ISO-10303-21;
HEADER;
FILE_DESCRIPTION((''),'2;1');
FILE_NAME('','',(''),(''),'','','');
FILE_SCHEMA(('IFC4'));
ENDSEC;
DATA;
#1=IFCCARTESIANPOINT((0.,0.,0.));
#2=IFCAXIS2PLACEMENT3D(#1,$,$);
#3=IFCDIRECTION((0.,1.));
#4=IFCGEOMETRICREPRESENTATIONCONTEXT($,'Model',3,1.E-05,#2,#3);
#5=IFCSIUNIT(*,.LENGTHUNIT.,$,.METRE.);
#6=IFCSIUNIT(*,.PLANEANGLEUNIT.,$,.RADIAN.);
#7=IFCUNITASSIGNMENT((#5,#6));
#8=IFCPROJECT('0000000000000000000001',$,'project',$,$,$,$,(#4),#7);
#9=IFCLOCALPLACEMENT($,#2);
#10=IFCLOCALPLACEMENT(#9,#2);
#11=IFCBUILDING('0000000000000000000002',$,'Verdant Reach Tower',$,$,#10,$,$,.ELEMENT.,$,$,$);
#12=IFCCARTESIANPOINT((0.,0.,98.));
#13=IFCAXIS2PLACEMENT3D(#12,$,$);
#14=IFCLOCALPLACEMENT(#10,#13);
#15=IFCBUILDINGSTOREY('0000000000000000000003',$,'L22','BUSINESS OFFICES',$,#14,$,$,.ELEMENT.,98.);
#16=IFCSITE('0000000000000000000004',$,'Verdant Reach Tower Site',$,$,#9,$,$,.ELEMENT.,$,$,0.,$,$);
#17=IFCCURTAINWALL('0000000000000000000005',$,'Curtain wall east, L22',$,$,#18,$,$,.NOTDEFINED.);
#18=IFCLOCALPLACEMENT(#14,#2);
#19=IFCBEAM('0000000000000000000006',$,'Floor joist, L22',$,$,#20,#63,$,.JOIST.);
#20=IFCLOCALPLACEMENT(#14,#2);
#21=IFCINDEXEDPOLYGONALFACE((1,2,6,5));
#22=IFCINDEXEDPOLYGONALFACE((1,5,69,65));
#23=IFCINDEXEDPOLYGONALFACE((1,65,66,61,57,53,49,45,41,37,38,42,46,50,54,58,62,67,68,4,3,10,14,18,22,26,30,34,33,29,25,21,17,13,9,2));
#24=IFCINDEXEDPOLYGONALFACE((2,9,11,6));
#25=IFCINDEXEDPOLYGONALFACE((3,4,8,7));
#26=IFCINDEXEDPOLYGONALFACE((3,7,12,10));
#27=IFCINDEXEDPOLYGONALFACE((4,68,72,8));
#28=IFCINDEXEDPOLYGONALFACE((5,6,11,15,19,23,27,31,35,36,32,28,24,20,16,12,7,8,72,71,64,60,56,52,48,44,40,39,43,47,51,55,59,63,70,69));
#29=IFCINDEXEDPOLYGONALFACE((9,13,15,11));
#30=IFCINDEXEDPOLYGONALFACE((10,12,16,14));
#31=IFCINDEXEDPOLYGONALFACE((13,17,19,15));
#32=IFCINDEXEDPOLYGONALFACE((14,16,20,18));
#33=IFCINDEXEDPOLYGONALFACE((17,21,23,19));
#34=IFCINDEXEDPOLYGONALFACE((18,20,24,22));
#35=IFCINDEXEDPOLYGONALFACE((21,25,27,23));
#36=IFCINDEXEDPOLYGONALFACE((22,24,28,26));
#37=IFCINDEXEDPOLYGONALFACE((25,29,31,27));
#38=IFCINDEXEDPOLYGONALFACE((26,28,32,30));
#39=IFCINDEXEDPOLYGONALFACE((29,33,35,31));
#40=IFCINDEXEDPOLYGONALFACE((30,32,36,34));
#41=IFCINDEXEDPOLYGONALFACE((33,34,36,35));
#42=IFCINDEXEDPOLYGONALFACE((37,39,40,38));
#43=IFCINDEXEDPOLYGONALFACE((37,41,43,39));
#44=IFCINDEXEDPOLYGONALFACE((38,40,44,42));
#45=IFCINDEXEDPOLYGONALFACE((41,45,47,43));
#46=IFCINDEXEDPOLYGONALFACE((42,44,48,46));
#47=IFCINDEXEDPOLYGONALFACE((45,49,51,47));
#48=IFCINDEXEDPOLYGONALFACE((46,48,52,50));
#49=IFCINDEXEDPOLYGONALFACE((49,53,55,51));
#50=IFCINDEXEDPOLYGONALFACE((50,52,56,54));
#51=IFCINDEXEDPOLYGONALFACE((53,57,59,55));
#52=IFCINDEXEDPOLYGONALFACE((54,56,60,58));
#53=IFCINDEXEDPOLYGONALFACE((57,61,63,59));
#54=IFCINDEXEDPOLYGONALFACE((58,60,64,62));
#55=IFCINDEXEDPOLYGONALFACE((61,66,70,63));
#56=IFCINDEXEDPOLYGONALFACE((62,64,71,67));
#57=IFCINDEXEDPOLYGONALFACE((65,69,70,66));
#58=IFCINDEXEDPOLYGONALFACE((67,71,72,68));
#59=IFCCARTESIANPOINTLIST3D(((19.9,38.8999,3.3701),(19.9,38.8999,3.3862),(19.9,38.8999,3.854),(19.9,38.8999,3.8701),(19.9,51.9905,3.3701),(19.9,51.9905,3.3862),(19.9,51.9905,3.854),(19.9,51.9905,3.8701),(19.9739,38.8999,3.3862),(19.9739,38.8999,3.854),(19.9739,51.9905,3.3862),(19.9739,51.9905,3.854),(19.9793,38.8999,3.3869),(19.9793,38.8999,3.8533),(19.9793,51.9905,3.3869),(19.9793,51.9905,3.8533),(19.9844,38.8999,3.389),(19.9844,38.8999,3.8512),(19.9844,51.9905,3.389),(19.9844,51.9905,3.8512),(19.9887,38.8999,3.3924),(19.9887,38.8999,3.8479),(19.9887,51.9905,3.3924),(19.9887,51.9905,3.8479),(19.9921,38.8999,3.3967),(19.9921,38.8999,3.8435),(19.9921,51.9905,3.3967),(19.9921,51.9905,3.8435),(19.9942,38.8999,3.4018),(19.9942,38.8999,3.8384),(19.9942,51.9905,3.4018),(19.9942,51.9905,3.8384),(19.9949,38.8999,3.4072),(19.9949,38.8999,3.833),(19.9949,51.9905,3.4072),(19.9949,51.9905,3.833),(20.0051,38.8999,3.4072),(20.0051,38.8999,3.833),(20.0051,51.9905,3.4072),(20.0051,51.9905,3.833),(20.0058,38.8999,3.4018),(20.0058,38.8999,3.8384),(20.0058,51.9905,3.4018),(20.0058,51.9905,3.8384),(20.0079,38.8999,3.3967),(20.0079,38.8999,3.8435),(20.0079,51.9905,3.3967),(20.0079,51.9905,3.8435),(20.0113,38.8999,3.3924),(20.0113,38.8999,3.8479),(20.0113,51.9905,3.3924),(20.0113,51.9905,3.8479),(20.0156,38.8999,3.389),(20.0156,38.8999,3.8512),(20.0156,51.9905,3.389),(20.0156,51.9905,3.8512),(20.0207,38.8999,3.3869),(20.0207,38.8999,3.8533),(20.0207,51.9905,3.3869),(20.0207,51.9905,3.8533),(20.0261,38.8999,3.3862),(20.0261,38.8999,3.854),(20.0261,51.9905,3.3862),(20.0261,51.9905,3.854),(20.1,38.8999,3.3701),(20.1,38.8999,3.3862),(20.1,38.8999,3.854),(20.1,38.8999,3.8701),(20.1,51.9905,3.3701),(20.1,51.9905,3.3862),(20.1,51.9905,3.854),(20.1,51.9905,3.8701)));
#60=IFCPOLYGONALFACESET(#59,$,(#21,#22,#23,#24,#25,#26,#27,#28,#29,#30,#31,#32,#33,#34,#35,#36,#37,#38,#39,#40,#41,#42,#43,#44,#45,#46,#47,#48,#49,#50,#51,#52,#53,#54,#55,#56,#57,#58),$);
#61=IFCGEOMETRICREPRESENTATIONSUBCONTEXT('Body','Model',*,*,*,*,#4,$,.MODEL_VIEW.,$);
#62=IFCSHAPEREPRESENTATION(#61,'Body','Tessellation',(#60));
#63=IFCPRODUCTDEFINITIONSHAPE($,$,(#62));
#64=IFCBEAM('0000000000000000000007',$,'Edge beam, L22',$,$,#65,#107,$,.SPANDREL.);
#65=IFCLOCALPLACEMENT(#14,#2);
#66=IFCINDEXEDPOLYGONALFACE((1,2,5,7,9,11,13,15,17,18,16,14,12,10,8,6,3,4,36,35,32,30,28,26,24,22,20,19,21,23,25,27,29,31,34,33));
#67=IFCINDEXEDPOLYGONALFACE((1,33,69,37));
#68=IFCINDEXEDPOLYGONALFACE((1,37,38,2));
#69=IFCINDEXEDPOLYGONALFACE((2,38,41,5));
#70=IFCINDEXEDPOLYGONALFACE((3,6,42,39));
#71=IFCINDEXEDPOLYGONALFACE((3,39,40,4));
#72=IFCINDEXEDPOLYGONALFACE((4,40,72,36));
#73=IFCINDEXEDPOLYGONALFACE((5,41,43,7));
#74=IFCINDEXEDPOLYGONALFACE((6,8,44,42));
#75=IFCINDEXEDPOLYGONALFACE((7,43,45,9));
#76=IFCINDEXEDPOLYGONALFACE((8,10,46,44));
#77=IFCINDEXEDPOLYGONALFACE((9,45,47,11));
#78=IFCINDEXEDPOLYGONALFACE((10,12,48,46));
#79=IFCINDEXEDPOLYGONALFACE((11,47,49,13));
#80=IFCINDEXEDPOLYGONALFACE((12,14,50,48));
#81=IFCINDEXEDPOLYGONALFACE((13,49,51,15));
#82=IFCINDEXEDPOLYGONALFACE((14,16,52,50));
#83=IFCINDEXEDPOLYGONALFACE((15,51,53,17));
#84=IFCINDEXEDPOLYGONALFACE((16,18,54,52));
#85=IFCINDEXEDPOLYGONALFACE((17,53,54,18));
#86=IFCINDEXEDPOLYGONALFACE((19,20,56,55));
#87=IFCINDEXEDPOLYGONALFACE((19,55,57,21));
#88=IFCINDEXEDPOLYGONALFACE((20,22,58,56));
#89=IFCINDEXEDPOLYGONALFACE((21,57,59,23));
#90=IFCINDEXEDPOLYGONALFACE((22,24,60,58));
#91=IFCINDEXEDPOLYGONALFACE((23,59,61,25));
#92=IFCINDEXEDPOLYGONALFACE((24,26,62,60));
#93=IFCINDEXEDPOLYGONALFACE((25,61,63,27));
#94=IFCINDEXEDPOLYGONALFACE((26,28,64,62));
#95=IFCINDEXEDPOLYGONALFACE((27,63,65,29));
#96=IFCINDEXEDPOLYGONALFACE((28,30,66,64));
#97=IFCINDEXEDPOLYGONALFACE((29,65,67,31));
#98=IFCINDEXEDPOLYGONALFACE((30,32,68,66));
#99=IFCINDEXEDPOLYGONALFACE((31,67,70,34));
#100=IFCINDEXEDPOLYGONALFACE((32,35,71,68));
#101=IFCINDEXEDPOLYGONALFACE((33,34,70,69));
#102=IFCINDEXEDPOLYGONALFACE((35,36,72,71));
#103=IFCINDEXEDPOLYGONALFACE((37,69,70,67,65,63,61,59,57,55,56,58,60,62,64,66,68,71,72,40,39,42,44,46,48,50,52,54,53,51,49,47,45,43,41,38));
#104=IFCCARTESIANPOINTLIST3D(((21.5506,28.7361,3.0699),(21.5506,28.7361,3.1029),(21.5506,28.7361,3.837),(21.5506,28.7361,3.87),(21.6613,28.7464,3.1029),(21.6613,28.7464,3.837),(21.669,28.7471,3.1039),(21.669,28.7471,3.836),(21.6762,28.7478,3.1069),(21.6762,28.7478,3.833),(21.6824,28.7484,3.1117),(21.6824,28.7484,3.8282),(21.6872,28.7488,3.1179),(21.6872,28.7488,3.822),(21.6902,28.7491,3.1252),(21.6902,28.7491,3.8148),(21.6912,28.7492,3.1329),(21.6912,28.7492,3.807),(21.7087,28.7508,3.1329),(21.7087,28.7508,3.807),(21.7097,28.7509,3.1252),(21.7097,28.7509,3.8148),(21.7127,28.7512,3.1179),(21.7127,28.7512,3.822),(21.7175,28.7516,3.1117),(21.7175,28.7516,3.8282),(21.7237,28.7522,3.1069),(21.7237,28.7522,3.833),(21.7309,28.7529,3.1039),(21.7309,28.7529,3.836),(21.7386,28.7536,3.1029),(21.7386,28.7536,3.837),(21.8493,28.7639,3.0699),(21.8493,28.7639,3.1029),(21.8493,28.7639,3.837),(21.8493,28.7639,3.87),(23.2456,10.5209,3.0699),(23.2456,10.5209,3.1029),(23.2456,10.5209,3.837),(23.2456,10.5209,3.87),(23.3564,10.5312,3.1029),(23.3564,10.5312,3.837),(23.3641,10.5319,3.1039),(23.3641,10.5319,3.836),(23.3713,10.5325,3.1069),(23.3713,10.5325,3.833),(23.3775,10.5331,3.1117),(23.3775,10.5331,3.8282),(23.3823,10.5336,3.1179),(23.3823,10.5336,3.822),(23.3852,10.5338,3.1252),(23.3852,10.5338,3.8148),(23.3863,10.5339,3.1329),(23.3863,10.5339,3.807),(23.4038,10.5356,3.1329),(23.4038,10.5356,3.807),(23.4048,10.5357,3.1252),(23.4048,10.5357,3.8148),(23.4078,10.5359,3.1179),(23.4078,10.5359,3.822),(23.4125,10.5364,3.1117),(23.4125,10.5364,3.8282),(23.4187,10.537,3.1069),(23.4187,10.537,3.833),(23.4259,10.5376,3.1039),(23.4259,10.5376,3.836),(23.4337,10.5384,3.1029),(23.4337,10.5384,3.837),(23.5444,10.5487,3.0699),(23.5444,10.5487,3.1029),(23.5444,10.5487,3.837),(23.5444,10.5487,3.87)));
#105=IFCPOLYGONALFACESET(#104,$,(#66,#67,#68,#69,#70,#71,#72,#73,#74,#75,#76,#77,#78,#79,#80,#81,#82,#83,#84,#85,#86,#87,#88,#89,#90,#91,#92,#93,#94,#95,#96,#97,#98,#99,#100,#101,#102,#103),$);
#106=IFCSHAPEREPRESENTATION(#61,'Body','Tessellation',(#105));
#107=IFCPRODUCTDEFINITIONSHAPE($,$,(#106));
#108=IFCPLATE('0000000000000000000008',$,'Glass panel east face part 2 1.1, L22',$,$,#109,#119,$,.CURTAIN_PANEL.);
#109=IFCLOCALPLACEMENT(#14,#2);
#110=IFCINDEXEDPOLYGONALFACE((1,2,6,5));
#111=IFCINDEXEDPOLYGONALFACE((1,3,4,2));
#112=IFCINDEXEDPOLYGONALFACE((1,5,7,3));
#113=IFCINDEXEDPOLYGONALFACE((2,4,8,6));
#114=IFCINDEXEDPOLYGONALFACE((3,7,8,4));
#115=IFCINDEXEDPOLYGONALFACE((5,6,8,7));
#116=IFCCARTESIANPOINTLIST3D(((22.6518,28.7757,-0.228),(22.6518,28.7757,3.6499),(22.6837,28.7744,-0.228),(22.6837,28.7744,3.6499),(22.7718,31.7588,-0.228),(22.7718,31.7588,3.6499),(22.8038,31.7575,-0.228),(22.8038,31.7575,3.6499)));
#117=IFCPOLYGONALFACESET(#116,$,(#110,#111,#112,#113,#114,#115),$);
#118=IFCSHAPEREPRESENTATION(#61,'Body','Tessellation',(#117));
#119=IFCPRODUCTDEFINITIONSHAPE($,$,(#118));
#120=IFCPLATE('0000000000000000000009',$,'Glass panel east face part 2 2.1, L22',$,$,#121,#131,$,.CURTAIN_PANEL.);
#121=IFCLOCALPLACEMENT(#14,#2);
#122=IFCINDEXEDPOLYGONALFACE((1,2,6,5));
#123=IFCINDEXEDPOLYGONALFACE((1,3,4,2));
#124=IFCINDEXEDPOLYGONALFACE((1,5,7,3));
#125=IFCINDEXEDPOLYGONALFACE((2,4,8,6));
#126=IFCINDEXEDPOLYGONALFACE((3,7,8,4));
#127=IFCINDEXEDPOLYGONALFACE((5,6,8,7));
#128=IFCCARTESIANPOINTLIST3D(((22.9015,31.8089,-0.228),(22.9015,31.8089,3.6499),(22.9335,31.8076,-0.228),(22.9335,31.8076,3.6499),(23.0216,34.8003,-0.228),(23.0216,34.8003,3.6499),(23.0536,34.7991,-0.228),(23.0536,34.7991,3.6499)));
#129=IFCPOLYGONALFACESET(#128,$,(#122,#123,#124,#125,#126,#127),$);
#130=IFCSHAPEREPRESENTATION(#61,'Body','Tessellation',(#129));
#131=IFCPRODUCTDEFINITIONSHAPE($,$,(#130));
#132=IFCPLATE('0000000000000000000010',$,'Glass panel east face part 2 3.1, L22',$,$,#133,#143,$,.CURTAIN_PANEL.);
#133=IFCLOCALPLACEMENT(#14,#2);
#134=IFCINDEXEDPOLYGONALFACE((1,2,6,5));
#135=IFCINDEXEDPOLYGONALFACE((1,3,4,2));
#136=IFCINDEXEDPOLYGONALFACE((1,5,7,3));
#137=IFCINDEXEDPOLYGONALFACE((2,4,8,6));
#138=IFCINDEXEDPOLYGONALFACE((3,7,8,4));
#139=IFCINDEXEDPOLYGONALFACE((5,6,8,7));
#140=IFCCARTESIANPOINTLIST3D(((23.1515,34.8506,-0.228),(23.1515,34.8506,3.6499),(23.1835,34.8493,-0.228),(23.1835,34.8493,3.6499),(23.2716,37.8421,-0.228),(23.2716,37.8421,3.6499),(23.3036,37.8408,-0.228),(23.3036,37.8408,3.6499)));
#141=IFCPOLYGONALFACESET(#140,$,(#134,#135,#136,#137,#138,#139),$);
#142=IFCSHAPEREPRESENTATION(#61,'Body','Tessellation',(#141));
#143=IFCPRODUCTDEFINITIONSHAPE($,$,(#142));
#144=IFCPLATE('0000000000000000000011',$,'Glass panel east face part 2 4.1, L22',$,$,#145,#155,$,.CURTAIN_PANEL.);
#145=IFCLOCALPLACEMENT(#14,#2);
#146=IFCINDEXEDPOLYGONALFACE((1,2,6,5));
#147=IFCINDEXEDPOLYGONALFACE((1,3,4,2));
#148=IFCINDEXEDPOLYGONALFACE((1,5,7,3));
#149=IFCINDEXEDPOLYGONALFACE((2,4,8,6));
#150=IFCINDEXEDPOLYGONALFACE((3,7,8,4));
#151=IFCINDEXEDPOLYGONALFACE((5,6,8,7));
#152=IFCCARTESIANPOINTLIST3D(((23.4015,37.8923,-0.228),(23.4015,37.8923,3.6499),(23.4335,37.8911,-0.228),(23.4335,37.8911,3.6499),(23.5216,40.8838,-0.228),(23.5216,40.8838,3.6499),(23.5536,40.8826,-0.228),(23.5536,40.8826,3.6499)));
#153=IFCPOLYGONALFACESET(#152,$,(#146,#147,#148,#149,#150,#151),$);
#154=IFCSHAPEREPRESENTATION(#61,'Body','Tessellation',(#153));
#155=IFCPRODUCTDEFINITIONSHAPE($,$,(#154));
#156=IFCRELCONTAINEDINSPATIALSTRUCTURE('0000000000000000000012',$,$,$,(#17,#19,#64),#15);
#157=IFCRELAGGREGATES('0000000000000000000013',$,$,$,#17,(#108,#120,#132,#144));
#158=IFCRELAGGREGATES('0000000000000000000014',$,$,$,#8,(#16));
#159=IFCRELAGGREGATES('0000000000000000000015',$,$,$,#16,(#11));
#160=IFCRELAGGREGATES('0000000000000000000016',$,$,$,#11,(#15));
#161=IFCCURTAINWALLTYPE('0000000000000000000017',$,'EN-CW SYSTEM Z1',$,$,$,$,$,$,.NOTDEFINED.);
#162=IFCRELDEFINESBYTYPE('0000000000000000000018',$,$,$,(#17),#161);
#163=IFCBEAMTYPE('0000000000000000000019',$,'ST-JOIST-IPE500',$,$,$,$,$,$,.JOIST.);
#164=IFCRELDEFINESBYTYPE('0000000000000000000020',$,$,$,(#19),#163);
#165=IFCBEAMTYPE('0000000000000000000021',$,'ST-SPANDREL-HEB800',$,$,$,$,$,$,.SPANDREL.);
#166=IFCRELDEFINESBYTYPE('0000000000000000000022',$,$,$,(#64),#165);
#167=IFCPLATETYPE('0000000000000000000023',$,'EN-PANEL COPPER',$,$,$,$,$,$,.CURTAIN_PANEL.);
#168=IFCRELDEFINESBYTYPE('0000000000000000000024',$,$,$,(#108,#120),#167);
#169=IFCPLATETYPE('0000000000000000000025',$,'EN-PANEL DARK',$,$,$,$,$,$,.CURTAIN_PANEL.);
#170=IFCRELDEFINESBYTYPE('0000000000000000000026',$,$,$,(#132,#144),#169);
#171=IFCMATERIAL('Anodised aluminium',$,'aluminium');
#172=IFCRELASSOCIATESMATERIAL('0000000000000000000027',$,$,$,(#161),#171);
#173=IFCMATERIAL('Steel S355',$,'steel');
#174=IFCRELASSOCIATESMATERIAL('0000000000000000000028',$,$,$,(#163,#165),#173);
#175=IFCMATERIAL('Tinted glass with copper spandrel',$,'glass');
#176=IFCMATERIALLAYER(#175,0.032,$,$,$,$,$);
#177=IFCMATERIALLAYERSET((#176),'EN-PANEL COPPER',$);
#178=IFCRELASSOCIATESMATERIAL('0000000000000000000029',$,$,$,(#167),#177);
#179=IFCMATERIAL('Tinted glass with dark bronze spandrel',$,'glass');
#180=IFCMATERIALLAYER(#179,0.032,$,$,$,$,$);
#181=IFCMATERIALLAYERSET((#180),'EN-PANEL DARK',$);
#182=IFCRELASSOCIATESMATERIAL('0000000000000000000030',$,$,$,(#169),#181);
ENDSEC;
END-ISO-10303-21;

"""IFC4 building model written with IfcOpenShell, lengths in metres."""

from ifc_helpers import new_model, si_unit, direction, frame, origin, origin_2d, place, context, subcontext, project, spatial, rectangle, i_section, extrude, material, layer, layer_set, material_profile, profile_set, type_object, element, aggregate, save


model = new_model("IFC4")

# Units and contexts
model_context = context("Model", 3, precision=1e-05, world=origin(), true_north=direction((0.0, 1.0)))
body_context = subcontext(model_context, "Body", "Model", "MODEL_VIEW")
ifc_project = project(units=[si_unit("LENGTHUNIT", "METRE"), si_unit("PLANEANGLEUNIT", "RADIAN")], contexts=[model_context])

# Site, building, storey
site_placement = place(None, origin())
site = spatial("IfcSite", under=ifc_project, at=site_placement, Name="Verdant Reach Tower Site", CompositionType="ELEMENT", RefElevation=0.0)
building_placement = place(site_placement, origin())
building = spatial("IfcBuilding", under=site, at=building_placement, Name="Verdant Reach Tower", CompositionType="ELEMENT")
storey_placement = place(building_placement, frame((0.0, 0.0, 98.0)))
storey = spatial("IfcBuildingStorey", under=building, at=storey_placement, Name="L22", Description="BUSINESS OFFICES", CompositionType="ELEMENT", Elevation=98.0)

# Curtain wall
ifc_material_1 = material(Name="Anodised aluminium", Category="aluminium")
curtain_wall_type = type_object("IfcCurtainWallType", Name="EN-CW SYSTEM Z1", PredefinedType="NOTDEFINED", material=ifc_material_1)
curtain_wall_placement = place(storey_placement, origin())
curtain_wall = element("IfcCurtainWall", 1, at=curtain_wall_placement, inside=storey, type_object=curtain_wall_type, Name="Curtain wall east, L22", PredefinedType="NOTDEFINED")

# Beams
ifc_material_2 = material(Name="Steel S355", Category="steel")
ifc_material_profile_1 = material_profile(ifc_material_2, i_section(OverallWidth=0.2, OverallDepth=0.5, WebThickness=0.0103, FlangeThickness=0.0161, FilletRadius=0.021, at=origin_2d()), Name="IPE 500")
ifc_profile_set_1 = profile_set([ifc_material_profile_1], Name="Steel S355")
beam_type_1 = type_object("IfcBeamType", Name="ST-JOIST-IPE500", PredefinedType="JOIST", material=ifc_profile_set_1)
beam_1_placement = place(storey_placement, frame((20.0, 38.8999, 3.6201), z_axis=(0.0, 1.0, 0.0), x_axis=(-1.0, 0.0, 0.0)))
element("IfcBeam", 2, at=beam_1_placement, inside=storey, type_object=beam_type_1, Name="Floor joist, L22", PredefinedType="JOIST", context=body_context, shape_type="SweptSolid", body=[
    extrude(i_section(OverallWidth=0.2, OverallDepth=0.5, WebThickness=0.0103, FlangeThickness=0.0161, FilletRadius=0.021, at=origin_2d()), origin(), (0.0, 0.0, 1.0), 13.0906),
])
ifc_material_profile_2 = material_profile(ifc_material_2, i_section(OverallWidth=0.3, OverallDepth=0.8, WebThickness=0.0176, FlangeThickness=0.033, FilletRadius=0.03, at=origin_2d()), Name="HEB 800")
ifc_profile_set_2 = profile_set([ifc_material_profile_2], Name="Steel S355")
beam_type_2 = type_object("IfcBeamType", Name="ST-SPANDREL-HEB800", PredefinedType="SPANDREL", material=ifc_profile_set_2)
beam_2_placement = place(storey_placement, frame((21.7, 28.75, 3.47), z_axis=(0.092657, -0.995698, 0.0), x_axis=(0.995698, 0.092657, 0.0)))
element("IfcBeam", 3, at=beam_2_placement, inside=storey, type_object=beam_type_2, Name="Edge beam, L22", PredefinedType="SPANDREL", context=body_context, shape_type="SweptSolid", body=[
    extrude(i_section(OverallWidth=0.3, OverallDepth=0.8, WebThickness=0.0176, FlangeThickness=0.033, FilletRadius=0.03, at=origin_2d()), origin(), (0.0, 0.0, 1.0), 18.2939),
])

# Plates
ifc_material_3 = material(Name="Tinted glass with copper spandrel", Category="glass")
ifc_layer_1 = layer(ifc_material_3, 0.032)
ifc_layer_set_1 = layer_set([ifc_layer_1], Name="EN-PANEL COPPER")
plate_type_1 = type_object("IfcPlateType", Name="EN-PANEL COPPER", PredefinedType="CURTAIN_PANEL", material=ifc_layer_set_1)
plate_1_placement = place(storey_placement, frame((22.7278, 30.2666, -0.228), z_axis=(0.0, 0.0, 1.0), x_axis=(0.040222, 0.999191, 0.0)))
plate_1 = element("IfcPlate", 4, at=plate_1_placement, type_object=plate_type_1, Name="Glass panel east face part 2 1.1, L22", PredefinedType="CURTAIN_PANEL", context=body_context, shape_type="SweptSolid", body=[
    extrude(rectangle(XDim=2.9856, YDim=0.032, at=origin_2d()), origin(), (0.0, 0.0, 1.0), 3.8779),
])
plate_2_placement = place(storey_placement, frame((22.9775, 33.304, -0.228), z_axis=(0.0, 0.0, 1.0), x_axis=(0.040109, 0.999195, 0.0)))
plate_2 = element("IfcPlate", 5, at=plate_2_placement, type_object=plate_type_1, Name="Glass panel east face part 2 2.1, L22", PredefinedType="CURTAIN_PANEL", context=body_context, shape_type="SweptSolid", body=[
    extrude(rectangle(XDim=2.9939, YDim=0.032, at=origin_2d()), origin(), (0.0, 0.0, 1.0), 3.8779),
])
ifc_material_4 = material(Name="Tinted glass with dark bronze spandrel", Category="glass")
ifc_layer_2 = layer(ifc_material_4, 0.032)
ifc_layer_set_2 = layer_set([ifc_layer_2], Name="EN-PANEL DARK")
plate_type_2 = type_object("IfcPlateType", Name="EN-PANEL DARK", PredefinedType="CURTAIN_PANEL", material=ifc_layer_set_2)
plate_3_placement = place(storey_placement, frame((23.2275, 36.3457, -0.228), z_axis=(0.0, 0.0, 1.0), x_axis=(0.040109, 0.999195, 0.0)))
plate_3 = element("IfcPlate", 6, at=plate_3_placement, type_object=plate_type_2, Name="Glass panel east face part 2 3.1, L22", PredefinedType="CURTAIN_PANEL", context=body_context, shape_type="SweptSolid", body=[
    extrude(rectangle(XDim=2.9939, YDim=0.032, at=origin_2d()), origin(), (0.0, 0.0, 1.0), 3.8779),
])
plate_4_placement = place(storey_placement, frame((23.4775, 39.3875, -0.228), z_axis=(0.0, 0.0, 1.0), x_axis=(0.040109, 0.999195, 0.0)))
plate_4 = element("IfcPlate", 7, at=plate_4_placement, type_object=plate_type_2, Name="Glass panel east face part 2 4.1, L22", PredefinedType="CURTAIN_PANEL", context=body_context, shape_type="SweptSolid", body=[
    extrude(rectangle(XDim=2.9939, YDim=0.032, at=origin_2d()), origin(), (0.0, 0.0, 1.0), 3.8779),
])
aggregate(curtain_wall, [plate_1, plate_2, plate_3, plate_4])

save(model, "model.ifc")
